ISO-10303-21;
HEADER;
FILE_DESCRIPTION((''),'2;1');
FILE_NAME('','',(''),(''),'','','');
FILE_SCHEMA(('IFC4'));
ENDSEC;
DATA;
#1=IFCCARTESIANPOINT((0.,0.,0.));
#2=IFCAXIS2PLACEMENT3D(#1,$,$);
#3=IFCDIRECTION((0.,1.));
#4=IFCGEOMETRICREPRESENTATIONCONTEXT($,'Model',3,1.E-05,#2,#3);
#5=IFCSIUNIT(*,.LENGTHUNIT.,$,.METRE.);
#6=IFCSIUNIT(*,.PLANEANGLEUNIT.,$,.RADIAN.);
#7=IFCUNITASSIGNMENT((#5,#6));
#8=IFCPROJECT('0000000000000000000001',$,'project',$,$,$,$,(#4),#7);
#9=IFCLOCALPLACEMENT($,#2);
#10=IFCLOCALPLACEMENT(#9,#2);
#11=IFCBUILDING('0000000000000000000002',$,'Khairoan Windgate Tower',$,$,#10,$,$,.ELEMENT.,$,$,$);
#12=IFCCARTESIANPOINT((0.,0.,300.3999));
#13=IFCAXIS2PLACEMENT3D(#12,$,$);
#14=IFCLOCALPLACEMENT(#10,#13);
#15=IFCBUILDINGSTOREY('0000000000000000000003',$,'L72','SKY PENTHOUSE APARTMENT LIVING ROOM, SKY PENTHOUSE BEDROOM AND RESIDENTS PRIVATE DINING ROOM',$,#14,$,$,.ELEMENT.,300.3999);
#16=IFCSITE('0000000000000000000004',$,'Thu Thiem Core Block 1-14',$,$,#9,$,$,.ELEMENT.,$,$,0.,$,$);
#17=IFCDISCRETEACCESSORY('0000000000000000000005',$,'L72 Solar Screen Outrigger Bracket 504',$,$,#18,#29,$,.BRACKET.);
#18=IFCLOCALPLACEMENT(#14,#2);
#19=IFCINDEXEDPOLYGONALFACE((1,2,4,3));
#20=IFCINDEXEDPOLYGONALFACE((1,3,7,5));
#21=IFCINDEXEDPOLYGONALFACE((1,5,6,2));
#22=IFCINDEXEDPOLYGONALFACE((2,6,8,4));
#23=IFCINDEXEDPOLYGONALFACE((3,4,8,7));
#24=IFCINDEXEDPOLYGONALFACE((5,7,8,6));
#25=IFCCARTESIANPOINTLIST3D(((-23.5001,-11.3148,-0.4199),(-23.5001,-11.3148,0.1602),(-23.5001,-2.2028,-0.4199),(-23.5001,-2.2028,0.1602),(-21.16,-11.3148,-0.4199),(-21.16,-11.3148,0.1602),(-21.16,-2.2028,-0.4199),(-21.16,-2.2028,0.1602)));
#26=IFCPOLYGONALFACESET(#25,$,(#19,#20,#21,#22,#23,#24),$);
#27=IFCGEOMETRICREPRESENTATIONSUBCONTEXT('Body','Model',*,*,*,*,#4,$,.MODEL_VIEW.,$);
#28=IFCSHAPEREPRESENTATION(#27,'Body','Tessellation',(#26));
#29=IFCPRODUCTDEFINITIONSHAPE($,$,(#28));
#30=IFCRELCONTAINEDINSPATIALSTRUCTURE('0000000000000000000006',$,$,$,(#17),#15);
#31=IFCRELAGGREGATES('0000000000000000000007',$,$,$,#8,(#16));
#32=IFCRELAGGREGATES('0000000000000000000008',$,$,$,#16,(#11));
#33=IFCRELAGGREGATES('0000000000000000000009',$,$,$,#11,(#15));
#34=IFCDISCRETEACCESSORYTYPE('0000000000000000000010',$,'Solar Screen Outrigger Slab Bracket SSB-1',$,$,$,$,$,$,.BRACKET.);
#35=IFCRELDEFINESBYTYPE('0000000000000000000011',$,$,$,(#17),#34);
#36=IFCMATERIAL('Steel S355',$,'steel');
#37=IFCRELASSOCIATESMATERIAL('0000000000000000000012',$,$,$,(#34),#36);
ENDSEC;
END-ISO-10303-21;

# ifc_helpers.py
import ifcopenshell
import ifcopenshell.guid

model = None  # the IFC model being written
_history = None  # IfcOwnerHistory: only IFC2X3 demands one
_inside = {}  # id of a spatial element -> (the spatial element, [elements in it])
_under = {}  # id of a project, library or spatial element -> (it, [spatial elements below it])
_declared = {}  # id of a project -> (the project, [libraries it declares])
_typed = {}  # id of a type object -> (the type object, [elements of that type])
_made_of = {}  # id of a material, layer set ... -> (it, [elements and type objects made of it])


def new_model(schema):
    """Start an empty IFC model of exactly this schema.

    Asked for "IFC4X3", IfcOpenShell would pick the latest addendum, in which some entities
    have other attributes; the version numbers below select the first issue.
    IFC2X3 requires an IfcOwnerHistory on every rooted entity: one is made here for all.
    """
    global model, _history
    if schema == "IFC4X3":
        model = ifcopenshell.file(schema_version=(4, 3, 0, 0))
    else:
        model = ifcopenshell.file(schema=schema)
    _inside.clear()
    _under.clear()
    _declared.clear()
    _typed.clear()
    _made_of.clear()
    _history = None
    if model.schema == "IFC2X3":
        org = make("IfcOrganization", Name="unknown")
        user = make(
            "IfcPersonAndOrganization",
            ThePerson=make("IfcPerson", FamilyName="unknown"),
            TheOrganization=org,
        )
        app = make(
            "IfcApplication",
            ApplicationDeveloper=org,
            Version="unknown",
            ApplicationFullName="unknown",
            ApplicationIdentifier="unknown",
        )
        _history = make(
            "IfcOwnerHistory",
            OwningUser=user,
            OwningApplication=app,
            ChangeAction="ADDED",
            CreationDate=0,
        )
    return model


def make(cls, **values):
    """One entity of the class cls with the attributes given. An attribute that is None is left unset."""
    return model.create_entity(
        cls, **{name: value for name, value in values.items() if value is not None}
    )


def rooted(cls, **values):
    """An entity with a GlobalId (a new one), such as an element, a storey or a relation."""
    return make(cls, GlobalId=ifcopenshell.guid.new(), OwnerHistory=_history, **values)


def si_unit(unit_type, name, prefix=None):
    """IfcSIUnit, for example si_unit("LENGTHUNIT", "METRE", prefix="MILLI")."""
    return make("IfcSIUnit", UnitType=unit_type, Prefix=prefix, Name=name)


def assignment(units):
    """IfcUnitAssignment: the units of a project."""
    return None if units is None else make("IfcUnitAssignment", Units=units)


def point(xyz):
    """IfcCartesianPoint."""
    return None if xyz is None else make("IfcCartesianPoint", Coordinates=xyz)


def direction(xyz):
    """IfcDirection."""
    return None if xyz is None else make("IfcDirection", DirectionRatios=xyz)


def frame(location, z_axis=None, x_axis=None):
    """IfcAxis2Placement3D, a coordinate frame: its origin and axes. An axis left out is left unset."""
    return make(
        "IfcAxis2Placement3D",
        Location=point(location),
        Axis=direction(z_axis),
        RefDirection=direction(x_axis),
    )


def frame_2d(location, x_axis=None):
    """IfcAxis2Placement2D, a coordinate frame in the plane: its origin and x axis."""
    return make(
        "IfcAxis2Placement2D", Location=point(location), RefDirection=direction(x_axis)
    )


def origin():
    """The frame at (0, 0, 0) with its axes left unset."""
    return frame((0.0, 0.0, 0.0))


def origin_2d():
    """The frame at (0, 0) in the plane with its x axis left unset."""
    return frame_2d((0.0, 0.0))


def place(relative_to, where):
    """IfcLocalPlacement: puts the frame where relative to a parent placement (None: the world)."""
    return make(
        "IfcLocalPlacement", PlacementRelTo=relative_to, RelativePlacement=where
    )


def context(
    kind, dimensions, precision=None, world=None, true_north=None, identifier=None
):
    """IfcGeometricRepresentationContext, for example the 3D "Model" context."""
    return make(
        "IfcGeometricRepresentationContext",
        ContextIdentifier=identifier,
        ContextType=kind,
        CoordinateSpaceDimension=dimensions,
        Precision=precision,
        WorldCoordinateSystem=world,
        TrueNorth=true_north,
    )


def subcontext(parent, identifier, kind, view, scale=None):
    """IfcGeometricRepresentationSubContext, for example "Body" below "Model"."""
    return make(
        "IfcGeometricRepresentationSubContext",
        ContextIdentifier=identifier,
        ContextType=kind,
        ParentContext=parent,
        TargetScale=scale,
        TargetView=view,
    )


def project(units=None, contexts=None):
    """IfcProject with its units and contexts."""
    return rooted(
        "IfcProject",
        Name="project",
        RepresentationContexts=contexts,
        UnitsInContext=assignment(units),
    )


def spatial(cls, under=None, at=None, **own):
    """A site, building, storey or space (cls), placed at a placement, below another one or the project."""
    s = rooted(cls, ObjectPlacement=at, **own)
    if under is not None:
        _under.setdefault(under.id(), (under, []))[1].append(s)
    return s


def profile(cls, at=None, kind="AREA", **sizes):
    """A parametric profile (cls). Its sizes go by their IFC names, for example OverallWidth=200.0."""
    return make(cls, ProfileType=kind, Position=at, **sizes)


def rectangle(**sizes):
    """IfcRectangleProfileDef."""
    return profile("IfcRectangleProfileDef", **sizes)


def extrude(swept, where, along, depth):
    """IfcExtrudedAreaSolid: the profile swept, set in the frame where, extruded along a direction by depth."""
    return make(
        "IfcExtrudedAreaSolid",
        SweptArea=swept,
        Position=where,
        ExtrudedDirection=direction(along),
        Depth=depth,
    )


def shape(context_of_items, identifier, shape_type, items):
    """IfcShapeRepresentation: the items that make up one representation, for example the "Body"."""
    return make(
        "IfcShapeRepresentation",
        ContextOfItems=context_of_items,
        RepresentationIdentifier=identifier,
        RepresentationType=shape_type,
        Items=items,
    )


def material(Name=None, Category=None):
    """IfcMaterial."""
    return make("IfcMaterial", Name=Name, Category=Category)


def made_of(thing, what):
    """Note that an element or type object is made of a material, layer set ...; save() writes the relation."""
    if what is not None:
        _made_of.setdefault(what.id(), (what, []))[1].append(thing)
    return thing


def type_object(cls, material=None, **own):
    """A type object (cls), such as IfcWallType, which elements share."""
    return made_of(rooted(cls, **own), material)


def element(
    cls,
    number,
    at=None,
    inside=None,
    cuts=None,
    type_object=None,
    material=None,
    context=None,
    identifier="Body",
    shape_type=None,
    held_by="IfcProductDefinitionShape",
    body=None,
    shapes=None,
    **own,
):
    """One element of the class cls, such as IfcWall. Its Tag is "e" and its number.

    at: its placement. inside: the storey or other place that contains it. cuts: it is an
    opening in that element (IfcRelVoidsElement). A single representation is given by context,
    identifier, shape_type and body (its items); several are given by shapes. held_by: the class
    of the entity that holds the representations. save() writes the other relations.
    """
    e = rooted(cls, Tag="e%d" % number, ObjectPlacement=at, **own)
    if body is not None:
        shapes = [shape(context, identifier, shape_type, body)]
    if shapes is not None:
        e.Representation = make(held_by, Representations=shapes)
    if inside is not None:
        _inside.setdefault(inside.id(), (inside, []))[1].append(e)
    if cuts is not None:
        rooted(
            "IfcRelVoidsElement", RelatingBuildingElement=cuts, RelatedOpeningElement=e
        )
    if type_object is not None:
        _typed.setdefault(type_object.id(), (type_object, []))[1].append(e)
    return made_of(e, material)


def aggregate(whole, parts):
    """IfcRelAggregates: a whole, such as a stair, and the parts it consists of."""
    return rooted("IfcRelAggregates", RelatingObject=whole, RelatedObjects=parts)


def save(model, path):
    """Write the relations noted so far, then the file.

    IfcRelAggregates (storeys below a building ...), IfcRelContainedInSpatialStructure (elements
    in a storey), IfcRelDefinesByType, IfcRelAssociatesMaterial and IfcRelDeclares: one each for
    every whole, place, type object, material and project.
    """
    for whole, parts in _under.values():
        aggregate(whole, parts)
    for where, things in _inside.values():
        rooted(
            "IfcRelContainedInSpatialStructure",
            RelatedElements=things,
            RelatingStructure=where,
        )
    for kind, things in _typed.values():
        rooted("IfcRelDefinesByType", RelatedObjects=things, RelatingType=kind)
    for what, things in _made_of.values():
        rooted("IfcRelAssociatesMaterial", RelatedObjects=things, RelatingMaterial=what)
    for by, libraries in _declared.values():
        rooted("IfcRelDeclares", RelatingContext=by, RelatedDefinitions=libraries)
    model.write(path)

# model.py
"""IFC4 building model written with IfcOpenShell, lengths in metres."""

from ifc_helpers import new_model, si_unit, direction, frame, origin, origin_2d, place, context, subcontext, project, spatial, rectangle, extrude, material, type_object, element, save


model = new_model("IFC4")

# Units and contexts
model_context = context("Model", 3, precision=1e-05, world=origin(), true_north=direction((0.0, 1.0)))
body_context = subcontext(model_context, "Body", "Model", "MODEL_VIEW")
ifc_project = project(units=[si_unit("LENGTHUNIT", "METRE"), si_unit("PLANEANGLEUNIT", "RADIAN")], contexts=[model_context])

# Site, building, storey
site_placement = place(None, origin())
site = spatial("IfcSite", under=ifc_project, at=site_placement, Name="Thu Thiem Core Block 1-14", CompositionType="ELEMENT", RefElevation=0.0)
building_placement = place(site_placement, origin())
building = spatial("IfcBuilding", under=site, at=building_placement, Name="Khairoan Windgate Tower", CompositionType="ELEMENT")
storey_placement = place(building_placement, frame((0.0, 0.0, 300.3999)))
storey = spatial("IfcBuildingStorey", under=building, at=storey_placement, Name="L72", Description="SKY PENTHOUSE APARTMENT LIVING ROOM, SKY PENTHOUSE BEDROOM AND RESIDENTS PRIVATE DINING ROOM", CompositionType="ELEMENT", Elevation=300.3999)

# Discrete accessory
ifc_material_1 = material(Name="Steel S355", Category="steel")
discrete_accessory_type = type_object("IfcDiscreteAccessoryType", Name="Solar Screen Outrigger Slab Bracket SSB-1", PredefinedType="BRACKET", material=ifc_material_1)
discrete_accessory_placement = place(storey_placement, frame((-22.3301, -6.7588, -0.4199), z_axis=(0.0, 0.0, 1.0), x_axis=(0.0, 1.0, 0.0)))
element("IfcDiscreteAccessory", 1, at=discrete_accessory_placement, inside=storey, type_object=discrete_accessory_type, Name="L72 Solar Screen Outrigger Bracket 504", PredefinedType="BRACKET", context=body_context, shape_type="SweptSolid", body=[
    extrude(rectangle(XDim=9.1121, YDim=2.3401, at=origin_2d()), origin(), (0.0, 0.0, 1.0), 0.5801),
])

save(model, "model.ifc")
